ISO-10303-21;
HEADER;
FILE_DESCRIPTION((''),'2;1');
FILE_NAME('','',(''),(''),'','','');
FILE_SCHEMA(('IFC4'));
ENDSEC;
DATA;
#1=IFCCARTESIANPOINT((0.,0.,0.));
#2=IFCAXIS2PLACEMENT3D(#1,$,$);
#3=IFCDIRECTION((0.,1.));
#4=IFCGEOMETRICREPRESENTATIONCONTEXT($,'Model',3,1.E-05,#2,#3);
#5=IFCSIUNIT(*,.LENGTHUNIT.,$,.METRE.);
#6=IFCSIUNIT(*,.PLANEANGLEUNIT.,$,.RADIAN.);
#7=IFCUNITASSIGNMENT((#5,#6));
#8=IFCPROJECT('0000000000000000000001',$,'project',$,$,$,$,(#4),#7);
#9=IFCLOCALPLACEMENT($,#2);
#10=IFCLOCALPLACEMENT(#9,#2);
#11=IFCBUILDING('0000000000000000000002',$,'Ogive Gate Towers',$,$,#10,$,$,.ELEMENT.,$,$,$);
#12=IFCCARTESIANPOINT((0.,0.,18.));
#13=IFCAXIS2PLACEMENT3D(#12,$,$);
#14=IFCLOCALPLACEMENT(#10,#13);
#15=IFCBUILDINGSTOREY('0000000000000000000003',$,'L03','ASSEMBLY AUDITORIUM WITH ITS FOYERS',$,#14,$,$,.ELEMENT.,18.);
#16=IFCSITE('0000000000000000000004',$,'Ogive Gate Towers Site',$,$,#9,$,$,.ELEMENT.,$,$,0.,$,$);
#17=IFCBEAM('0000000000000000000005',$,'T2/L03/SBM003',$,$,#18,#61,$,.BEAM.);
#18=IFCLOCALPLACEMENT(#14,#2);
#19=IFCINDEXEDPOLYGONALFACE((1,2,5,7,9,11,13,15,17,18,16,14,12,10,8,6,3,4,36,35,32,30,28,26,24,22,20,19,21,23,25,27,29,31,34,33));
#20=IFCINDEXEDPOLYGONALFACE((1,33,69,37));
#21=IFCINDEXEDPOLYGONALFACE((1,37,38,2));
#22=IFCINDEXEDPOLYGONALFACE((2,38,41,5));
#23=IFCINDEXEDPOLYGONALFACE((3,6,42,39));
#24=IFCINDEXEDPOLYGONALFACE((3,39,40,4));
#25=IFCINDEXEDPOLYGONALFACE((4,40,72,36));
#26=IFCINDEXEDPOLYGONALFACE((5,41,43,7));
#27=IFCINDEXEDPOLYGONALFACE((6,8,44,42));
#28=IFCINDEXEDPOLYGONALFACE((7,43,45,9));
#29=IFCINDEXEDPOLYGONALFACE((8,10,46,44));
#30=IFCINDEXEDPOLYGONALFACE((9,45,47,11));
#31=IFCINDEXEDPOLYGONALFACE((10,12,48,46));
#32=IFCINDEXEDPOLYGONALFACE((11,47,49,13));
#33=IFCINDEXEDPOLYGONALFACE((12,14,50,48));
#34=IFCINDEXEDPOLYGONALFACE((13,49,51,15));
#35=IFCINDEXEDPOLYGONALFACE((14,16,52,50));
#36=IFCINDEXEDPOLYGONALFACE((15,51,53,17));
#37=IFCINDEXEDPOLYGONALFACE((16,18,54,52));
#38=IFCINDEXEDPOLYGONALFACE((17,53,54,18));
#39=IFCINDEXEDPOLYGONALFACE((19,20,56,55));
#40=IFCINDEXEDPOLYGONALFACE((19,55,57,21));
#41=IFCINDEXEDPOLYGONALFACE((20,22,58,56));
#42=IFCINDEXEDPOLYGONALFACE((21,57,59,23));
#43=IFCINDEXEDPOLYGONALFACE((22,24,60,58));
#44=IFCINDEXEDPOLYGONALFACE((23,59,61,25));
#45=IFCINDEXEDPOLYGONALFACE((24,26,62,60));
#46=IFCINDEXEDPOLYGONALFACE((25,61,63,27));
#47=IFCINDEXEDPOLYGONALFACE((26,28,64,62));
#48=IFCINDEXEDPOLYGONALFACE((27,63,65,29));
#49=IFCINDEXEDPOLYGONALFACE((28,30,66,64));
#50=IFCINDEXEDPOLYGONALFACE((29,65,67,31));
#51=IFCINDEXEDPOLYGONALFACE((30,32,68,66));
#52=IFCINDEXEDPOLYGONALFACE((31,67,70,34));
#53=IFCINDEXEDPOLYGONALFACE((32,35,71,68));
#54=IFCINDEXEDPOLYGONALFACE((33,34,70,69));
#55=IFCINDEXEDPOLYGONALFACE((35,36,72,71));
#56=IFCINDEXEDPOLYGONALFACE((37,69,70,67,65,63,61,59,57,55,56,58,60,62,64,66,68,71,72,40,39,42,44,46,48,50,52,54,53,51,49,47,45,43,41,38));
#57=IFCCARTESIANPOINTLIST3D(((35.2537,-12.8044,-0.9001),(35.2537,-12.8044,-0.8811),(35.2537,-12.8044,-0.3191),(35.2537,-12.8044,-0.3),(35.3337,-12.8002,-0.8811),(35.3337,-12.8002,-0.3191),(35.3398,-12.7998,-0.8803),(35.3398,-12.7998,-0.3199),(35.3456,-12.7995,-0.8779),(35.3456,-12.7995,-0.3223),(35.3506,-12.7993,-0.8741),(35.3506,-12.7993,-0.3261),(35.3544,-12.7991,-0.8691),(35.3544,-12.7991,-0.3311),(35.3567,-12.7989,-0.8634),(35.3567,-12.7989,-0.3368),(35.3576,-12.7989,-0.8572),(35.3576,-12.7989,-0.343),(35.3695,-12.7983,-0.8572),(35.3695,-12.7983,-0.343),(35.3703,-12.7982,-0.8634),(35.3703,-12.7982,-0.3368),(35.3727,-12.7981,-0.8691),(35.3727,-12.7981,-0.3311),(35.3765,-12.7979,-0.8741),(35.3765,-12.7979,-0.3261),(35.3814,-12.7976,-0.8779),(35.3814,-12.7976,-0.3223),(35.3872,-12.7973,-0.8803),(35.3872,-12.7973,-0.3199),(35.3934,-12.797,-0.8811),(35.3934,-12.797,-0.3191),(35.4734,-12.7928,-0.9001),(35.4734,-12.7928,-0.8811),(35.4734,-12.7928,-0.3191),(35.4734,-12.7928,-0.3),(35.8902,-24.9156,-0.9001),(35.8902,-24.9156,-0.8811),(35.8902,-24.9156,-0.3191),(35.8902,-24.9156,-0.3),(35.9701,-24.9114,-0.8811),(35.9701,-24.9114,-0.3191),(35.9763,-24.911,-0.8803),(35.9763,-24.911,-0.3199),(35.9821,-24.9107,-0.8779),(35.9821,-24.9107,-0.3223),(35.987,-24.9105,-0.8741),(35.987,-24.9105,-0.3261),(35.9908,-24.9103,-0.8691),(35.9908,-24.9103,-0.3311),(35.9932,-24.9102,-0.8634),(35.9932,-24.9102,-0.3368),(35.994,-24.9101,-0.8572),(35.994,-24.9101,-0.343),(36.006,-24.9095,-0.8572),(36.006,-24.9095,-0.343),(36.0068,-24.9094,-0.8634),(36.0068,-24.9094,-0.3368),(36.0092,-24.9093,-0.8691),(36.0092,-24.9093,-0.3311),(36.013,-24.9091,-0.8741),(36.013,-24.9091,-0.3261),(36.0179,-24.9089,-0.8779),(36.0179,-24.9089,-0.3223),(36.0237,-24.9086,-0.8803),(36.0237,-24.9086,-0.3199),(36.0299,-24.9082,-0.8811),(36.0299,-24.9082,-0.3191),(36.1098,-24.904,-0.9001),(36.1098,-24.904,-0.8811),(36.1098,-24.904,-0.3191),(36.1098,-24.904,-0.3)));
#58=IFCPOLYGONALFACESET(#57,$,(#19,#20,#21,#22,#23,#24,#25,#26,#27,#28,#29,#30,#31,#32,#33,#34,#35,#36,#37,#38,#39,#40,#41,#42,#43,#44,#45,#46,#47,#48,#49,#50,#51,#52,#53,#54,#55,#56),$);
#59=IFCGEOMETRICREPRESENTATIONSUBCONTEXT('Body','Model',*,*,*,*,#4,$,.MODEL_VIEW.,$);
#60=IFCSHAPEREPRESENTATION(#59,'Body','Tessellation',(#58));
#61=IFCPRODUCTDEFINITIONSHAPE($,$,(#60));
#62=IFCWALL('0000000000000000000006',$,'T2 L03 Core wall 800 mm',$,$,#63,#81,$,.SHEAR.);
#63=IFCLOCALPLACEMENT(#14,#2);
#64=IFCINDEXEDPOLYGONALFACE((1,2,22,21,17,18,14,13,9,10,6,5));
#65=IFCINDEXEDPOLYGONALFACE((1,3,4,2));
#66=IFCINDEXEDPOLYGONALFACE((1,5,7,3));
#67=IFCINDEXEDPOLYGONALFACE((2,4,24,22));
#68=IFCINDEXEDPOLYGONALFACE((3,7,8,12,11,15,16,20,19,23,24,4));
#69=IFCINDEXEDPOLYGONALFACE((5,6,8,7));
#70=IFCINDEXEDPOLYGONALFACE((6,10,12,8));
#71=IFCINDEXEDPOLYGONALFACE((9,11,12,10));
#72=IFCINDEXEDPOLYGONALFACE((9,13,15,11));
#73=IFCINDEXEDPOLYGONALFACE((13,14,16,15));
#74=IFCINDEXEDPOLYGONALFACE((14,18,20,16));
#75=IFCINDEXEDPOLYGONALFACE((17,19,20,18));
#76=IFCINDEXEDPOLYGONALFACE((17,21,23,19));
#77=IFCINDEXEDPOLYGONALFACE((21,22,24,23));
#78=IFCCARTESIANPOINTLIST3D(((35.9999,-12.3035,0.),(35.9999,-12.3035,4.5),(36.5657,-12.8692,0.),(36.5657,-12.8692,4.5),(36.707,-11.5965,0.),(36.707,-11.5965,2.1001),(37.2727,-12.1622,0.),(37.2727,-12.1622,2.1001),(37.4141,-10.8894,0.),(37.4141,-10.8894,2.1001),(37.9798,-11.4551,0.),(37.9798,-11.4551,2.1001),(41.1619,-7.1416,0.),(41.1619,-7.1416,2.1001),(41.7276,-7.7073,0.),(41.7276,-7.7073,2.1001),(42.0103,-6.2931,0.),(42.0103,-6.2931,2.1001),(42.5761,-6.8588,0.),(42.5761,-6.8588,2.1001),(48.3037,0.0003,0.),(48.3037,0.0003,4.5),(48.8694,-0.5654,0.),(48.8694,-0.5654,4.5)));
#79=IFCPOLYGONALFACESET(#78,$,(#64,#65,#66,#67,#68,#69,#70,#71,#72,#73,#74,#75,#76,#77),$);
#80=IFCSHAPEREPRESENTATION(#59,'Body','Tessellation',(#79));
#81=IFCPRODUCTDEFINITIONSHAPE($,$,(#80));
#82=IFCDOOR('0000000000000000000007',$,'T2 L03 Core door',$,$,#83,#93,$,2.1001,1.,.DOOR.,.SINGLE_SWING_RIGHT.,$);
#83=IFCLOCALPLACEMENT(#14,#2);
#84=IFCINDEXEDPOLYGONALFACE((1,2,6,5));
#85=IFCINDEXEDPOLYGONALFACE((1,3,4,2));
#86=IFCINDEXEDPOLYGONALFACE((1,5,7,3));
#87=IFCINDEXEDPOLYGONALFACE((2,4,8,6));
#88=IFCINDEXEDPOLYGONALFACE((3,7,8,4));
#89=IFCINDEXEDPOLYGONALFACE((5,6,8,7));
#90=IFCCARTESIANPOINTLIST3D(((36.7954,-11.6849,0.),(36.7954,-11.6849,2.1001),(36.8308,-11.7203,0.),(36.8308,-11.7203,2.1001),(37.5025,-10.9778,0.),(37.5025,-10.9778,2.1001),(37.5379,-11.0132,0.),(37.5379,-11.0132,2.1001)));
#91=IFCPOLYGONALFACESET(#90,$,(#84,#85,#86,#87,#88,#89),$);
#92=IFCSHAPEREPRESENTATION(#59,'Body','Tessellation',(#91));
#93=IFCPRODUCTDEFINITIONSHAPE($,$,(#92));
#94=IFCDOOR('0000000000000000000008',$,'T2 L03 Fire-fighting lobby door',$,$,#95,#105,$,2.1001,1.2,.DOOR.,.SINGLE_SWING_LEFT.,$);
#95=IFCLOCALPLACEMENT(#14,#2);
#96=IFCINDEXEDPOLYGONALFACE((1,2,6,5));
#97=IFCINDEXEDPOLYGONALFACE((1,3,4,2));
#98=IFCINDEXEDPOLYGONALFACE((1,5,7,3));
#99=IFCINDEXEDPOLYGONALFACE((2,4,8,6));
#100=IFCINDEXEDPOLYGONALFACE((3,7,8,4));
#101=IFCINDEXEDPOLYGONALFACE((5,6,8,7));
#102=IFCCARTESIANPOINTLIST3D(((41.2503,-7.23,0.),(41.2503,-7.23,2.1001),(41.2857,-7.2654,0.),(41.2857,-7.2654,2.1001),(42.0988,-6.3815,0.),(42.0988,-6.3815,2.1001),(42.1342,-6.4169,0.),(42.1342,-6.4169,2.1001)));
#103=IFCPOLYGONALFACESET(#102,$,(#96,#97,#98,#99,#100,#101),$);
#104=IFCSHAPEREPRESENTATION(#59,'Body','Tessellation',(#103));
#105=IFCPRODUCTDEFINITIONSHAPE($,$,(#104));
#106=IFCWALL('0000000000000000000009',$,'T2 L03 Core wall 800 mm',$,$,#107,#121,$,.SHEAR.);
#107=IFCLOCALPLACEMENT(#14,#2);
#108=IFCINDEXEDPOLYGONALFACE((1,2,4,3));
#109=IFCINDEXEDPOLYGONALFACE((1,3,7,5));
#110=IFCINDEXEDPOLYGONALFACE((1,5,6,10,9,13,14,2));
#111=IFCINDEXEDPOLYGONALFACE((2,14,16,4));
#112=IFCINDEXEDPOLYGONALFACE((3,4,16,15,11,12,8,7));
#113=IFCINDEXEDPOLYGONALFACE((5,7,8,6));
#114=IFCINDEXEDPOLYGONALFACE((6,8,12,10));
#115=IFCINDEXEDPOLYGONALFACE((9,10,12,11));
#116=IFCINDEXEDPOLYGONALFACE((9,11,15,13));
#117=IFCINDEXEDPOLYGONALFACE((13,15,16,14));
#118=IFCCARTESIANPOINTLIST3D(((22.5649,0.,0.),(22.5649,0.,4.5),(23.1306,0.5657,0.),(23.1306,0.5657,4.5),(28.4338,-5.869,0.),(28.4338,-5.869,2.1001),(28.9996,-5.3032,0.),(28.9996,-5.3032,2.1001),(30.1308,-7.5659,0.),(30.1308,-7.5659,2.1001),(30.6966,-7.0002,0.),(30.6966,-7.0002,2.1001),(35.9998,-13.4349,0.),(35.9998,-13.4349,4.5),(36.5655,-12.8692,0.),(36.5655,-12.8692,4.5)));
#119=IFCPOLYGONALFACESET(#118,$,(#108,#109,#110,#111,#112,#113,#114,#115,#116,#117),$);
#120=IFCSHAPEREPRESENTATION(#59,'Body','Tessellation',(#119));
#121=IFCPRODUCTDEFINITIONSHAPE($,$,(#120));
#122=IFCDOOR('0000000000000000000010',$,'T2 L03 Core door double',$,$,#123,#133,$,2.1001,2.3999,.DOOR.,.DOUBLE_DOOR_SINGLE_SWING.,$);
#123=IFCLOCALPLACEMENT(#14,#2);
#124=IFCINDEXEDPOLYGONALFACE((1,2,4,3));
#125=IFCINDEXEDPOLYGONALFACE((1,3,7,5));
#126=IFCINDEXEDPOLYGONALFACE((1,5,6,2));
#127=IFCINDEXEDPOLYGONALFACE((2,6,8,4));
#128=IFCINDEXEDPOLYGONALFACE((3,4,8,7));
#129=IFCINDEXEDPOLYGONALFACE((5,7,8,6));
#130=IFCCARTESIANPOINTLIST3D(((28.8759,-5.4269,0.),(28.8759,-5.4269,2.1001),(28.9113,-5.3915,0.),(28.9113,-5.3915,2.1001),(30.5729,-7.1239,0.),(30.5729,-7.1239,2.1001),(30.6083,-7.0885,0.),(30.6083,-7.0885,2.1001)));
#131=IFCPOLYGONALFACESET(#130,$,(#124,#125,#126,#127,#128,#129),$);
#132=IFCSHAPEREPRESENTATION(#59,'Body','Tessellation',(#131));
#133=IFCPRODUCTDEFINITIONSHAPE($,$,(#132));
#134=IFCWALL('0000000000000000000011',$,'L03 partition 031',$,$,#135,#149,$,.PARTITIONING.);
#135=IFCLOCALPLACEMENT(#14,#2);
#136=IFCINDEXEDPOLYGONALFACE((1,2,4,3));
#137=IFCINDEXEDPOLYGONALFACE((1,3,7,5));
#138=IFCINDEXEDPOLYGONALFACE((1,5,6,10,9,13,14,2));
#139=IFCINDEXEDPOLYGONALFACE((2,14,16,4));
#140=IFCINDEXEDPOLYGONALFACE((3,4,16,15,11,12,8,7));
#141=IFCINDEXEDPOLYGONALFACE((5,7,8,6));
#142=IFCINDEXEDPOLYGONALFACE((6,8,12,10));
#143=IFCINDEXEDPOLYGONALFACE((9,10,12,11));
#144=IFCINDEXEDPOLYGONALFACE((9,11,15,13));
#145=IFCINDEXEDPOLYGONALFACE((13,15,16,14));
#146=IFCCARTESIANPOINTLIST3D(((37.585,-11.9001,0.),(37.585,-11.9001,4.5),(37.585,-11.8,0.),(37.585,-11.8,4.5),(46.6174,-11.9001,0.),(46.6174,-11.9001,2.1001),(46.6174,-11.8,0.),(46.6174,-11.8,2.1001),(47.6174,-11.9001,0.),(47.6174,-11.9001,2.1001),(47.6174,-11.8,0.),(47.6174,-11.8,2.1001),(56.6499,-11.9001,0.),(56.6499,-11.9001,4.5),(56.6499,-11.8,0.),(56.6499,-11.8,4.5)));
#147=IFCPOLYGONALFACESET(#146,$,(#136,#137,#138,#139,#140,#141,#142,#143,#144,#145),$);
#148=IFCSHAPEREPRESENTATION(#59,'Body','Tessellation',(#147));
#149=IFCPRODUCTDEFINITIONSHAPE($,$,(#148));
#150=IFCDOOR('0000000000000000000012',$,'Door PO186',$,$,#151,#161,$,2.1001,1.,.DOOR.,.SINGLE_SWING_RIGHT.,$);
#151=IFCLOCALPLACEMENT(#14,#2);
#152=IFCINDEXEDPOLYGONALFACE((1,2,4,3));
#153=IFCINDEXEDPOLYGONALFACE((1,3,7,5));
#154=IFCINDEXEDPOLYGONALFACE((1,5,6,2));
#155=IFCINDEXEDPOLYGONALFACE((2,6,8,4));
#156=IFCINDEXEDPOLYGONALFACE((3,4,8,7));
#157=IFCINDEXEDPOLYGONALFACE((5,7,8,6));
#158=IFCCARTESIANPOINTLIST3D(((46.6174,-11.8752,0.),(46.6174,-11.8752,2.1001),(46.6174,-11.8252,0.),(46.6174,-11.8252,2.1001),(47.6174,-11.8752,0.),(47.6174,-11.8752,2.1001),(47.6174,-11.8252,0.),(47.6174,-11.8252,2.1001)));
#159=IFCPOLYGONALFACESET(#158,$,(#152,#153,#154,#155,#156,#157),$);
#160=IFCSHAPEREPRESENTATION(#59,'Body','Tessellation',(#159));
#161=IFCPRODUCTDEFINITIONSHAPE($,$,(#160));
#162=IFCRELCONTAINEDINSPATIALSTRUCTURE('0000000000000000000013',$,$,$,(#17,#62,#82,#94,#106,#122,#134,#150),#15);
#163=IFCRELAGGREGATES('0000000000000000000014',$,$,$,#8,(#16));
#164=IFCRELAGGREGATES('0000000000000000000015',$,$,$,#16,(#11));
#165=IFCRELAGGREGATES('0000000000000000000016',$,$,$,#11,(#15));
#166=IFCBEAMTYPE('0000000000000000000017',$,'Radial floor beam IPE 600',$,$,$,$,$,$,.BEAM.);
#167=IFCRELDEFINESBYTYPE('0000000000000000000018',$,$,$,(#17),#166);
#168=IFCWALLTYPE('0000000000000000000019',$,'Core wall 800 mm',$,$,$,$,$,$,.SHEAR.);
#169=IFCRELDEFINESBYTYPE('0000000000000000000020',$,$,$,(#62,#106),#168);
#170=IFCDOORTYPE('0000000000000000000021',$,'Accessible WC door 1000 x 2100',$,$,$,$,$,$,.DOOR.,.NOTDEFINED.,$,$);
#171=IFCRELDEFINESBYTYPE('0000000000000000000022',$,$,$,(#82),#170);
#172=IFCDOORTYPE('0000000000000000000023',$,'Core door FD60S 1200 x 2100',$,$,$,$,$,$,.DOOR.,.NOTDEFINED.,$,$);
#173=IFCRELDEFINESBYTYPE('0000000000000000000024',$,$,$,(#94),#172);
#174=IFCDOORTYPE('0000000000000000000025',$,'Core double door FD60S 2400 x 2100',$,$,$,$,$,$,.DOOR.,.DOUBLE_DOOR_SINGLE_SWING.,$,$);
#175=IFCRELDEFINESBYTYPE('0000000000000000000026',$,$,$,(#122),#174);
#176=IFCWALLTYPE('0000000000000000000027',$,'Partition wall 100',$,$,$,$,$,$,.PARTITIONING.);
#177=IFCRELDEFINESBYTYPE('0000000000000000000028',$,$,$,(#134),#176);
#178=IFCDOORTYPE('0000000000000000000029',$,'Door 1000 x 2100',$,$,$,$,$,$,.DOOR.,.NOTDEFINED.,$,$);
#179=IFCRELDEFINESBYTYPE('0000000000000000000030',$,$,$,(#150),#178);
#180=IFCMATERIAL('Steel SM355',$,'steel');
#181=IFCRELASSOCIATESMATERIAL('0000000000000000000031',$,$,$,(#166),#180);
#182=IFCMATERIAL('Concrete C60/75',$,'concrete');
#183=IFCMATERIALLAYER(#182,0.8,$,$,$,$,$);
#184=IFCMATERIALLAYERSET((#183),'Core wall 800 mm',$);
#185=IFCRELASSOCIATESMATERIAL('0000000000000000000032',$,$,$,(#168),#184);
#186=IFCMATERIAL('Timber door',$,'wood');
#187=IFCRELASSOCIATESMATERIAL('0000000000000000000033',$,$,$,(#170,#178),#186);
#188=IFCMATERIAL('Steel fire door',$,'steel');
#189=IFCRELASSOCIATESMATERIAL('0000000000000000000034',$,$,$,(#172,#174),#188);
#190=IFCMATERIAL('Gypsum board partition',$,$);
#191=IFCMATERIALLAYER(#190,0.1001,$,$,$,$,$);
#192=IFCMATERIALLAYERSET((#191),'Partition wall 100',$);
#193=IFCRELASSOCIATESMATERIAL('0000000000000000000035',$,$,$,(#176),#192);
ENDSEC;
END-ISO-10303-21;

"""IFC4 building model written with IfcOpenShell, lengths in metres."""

from ifc_helpers import new_model, si_unit, direction, frame, frame_2d, origin, origin_2d, place, context, subcontext, project, spatial, rectangle, i_section, extrude, material, layer, layer_set, material_profile, profile_set, type_object, element, fill, save


model = new_model("IFC4")

# Units and contexts
model_context = context("Model", 3, precision=1e-05, world=origin(), true_north=direction((0.0, 1.0)))
body_context = subcontext(model_context, "Body", "Model", "MODEL_VIEW")
ifc_project = project(units=[si_unit("LENGTHUNIT", "METRE"), si_unit("PLANEANGLEUNIT", "RADIAN")], contexts=[model_context])

# Site, building, storey
site_placement = place(None, origin())
site = spatial("IfcSite", under=ifc_project, at=site_placement, Name="Ogive Gate Towers Site", CompositionType="ELEMENT", RefElevation=0.0)
building_placement = place(site_placement, origin())
building = spatial("IfcBuilding", under=site, at=building_placement, Name="Ogive Gate Towers", CompositionType="ELEMENT")
storey_placement = place(building_placement, frame((0.0, 0.0, 18.0)))
storey = spatial("IfcBuildingStorey", under=building, at=storey_placement, Name="L03", Description="ASSEMBLY AUDITORIUM WITH ITS FOYERS", CompositionType="ELEMENT", Elevation=18.0)

# Beam
ifc_material_1 = material(Name="Steel SM355", Category="steel")
ifc_material_profile_1 = material_profile(ifc_material_1, i_section(OverallWidth=0.22, OverallDepth=0.6001, WebThickness=0.012, FlangeThickness=0.019, FilletRadius=0.0239, at=origin_2d()), Name="IPE 600")
ifc_profile_set_1 = profile_set([ifc_material_profile_1], Name="Steel SM355")
beam_type_1 = type_object("IfcBeamType", Name="Radial floor beam IPE 600", PredefinedType="BEAM", material=ifc_profile_set_1)
beam_1_placement = place(storey_placement, frame((35.3635, -12.7986, -0.6001), z_axis=(0.05248, -0.998622, 0.0), x_axis=(0.998622, 0.05248, 0.0)))
element("IfcBeam", 1, at=beam_1_placement, inside=storey, type_object=beam_type_1, Name="T2/L03/SBM003", PredefinedType="BEAM", context=body_context, shape_type="SweptSolid", body=[
    extrude(i_section(OverallWidth=0.22, OverallDepth=0.6001, WebThickness=0.012, FlangeThickness=0.019, FilletRadius=0.0239, at=origin_2d()), origin(), (0.0, 0.0, 1.0), 12.1279),
])

# Wall, openings, doors
ifc_material_2 = material(Name="Concrete C60/75", Category="concrete")
ifc_layer_1 = layer(ifc_material_2, 0.8)
ifc_layer_set_1 = layer_set([ifc_layer_1], Name="Core wall 800 mm")
wall_type_1 = type_object("IfcWallType", Name="Core wall 800 mm", PredefinedType="SHEAR", material=ifc_layer_set_1)
wall_1_placement = place(storey_placement, frame((36.2827, -12.5864, 0.0), z_axis=(0.0, 0.0, 1.0), x_axis=(0.707107, 0.707107, 0.0)))
wall_1 = element("IfcWall", 2, at=wall_1_placement, inside=storey, type_object=wall_type_1, Name="T2 L03 Core wall 800 mm", PredefinedType="SHEAR", context=body_context, shape_type="SweptSolid", body=[
    extrude(rectangle(XDim=17.4001, YDim=0.8, at=frame_2d((8.7002, 0.0))), origin(), (0.0, 0.0, 1.0), 4.5),
])
opening_1_placement = place(wall_1_placement, frame((7.3, 0.0, 0.0)))
opening_1 = element("IfcOpeningElement", 3, at=opening_1_placement, cuts=wall_1, PredefinedType="OPENING", context=body_context, shape_type="SweptSolid", body=[
    extrude(rectangle(XDim=1.2, YDim=2.1001, at=frame_2d((0.6001, 1.05))), frame((0.0, 0.4102, 0.0), z_axis=(0.0, -1.0, 0.0), x_axis=(1.0, 0.0, 0.0)), (0.0, 0.0, 1.0), 0.8201),
])
opening_2_placement = place(wall_1_placement, frame((1.0, 0.0, 0.0)))
opening_2 = element("IfcOpeningElement", 4, at=opening_2_placement, cuts=wall_1, PredefinedType="OPENING", context=body_context, shape_type="SweptSolid", body=[
    extrude(rectangle(XDim=1.0, YDim=2.1001, at=frame_2d((0.5, 1.05))), frame((0.0, 0.4102, 0.0), z_axis=(0.0, -1.0, 0.0), x_axis=(1.0, 0.0, 0.0)), (0.0, 0.0, 1.0), 0.8201),
])
ifc_material_3 = material(Name="Timber door", Category="wood")
door_type_1 = type_object("IfcDoorType", Name="Accessible WC door 1000 x 2100", OperationType="NOTDEFINED", PredefinedType="DOOR", material=ifc_material_3)
door_1_placement = place(opening_2_placement, origin())
door_1 = element("IfcDoor", 5, at=door_1_placement, inside=storey, type_object=door_type_1, Name="T2 L03 Core door", OperationType="SINGLE_SWING_RIGHT", OverallHeight=2.1001, OverallWidth=1.0, PredefinedType="DOOR", context=body_context, shape_type="SweptSolid", body=[
    extrude(rectangle(XDim=1.0, YDim=2.1001, at=frame_2d((0.5, 1.05))), frame((0.0, 0.2749, 0.0), z_axis=(0.0, -1.0, 0.0), x_axis=(1.0, 0.0, 0.0)), (0.0, 0.0, 1.0), 0.05),
])
fill(opening_2, door_1)
ifc_material_4 = material(Name="Steel fire door", Category="steel")
door_type_2 = type_object("IfcDoorType", Name="Core door FD60S 1200 x 2100", OperationType="NOTDEFINED", PredefinedType="DOOR", material=ifc_material_4)
door_2_placement = place(opening_1_placement, origin())
door_2 = element("IfcDoor", 6, at=door_2_placement, inside=storey, type_object=door_type_2, Name="T2 L03 Fire-fighting lobby door", OperationType="SINGLE_SWING_LEFT", OverallHeight=2.1001, OverallWidth=1.2, PredefinedType="DOOR", context=body_context, shape_type="SweptSolid", body=[
    extrude(rectangle(XDim=1.2, YDim=2.1001, at=frame_2d((0.6001, 1.05))), frame((0.0, 0.2749, 0.0), z_axis=(0.0, -1.0, 0.0), x_axis=(1.0, 0.0, 0.0)), (0.0, 0.0, 1.0), 0.05),
])
fill(opening_1, door_2)

# Walls, openings, doors
wall_2_placement = place(storey_placement, frame((36.2827, -13.1521, 0.0), z_axis=(0.0, 0.0, 1.0), x_axis=(-0.707107, 0.707107, 0.0)))
wall_2 = element("IfcWall", 7, at=wall_2_placement, inside=storey, type_object=wall_type_1, Name="T2 L03 Core wall 800 mm", PredefinedType="SHEAR", context=body_context, shape_type="SweptSolid", body=[
    extrude(rectangle(XDim=18.9998, YDim=0.8, at=frame_2d((9.5, 0.0))), origin(), (0.0, 0.0, 1.0), 4.5),
])
opening_3_placement = place(wall_2_placement, frame((8.3, 0.0, 0.0)))
opening_3 = element("IfcOpeningElement", 8, at=opening_3_placement, cuts=wall_2, PredefinedType="OPENING", context=body_context, shape_type="SweptSolid", body=[
    extrude(rectangle(XDim=2.3999, YDim=2.1001, at=frame_2d((1.2, 1.05))), frame((0.0, 0.4102, 0.0), z_axis=(0.0, -1.0, 0.0), x_axis=(1.0, 0.0, 0.0)), (0.0, 0.0, 1.0), 0.8201),
])
door_type_3 = type_object("IfcDoorType", Name="Core double door FD60S 2400 x 2100", OperationType="DOUBLE_DOOR_SINGLE_SWING", PredefinedType="DOOR", material=ifc_material_4)
door_3_placement = place(opening_3_placement, origin())
door_3 = element("IfcDoor", 9, at=door_3_placement, inside=storey, type_object=door_type_3, Name="T2 L03 Core door double", OperationType="DOUBLE_DOOR_SINGLE_SWING", OverallHeight=2.1001, OverallWidth=2.3999, PredefinedType="DOOR", context=body_context, shape_type="SweptSolid", body=[
    extrude(rectangle(XDim=2.3999, YDim=2.1001, at=frame_2d((1.2, 1.05))), frame((0.0, -0.2251, 0.0), z_axis=(0.0, -1.0, 0.0), x_axis=(1.0, 0.0, 0.0)), (0.0, 0.0, 1.0), 0.05),
])
fill(opening_3, door_3)
ifc_material_5 = material(Name="Gypsum board partition")
ifc_layer_2 = layer(ifc_material_5, 0.1001)
ifc_layer_set_2 = layer_set([ifc_layer_2], Name="Partition wall 100")
wall_type_2 = type_object("IfcWallType", Name="Partition wall 100", PredefinedType="PARTITIONING", material=ifc_layer_set_2)
wall_3_placement = place(storey_placement, frame((37.585, -11.8501, 0.0), z_axis=(0.0, 0.0, 1.0), x_axis=(1.0, 0.0, 0.0)))
wall_3 = element("IfcWall", 10, at=wall_3_placement, inside=storey, type_object=wall_type_2, Name="L03 partition 031", PredefinedType="PARTITIONING", context=body_context, shape_type="SweptSolid", body=[
    extrude(rectangle(XDim=19.0649, YDim=0.1001, at=frame_2d((9.5325, 0.0))), origin(), (0.0, 0.0, 1.0), 4.5),
])
opening_4_placement = place(wall_3_placement, frame((9.0325, 0.0, 0.0)))
opening_4 = element("IfcOpeningElement", 11, at=opening_4_placement, cuts=wall_3, PredefinedType="OPENING", context=body_context, shape_type="SweptSolid", body=[
    extrude(rectangle(XDim=1.0, YDim=2.1001, at=frame_2d((0.5, 1.05))), frame((0.0, 0.0601, 0.0), z_axis=(0.0, -1.0, 0.0), x_axis=(1.0, 0.0, 0.0)), (0.0, 0.0, 1.0), 0.1201),
])
door_type_4 = type_object("IfcDoorType", Name="Door 1000 x 2100", OperationType="NOTDEFINED", PredefinedType="DOOR", material=ifc_material_3)
door_4_placement = place(opening_4_placement, origin())
door_4 = element("IfcDoor", 12, at=door_4_placement, inside=storey, type_object=door_type_4, Name="Door PO186", OperationType="SINGLE_SWING_RIGHT", OverallHeight=2.1001, OverallWidth=1.0, PredefinedType="DOOR", context=body_context, shape_type="SweptSolid", body=[
    extrude(rectangle(XDim=1.0, YDim=2.1001, at=frame_2d((0.5, 1.05))), frame((0.0, 0.0249, 0.0), z_axis=(0.0, -1.0, 0.0), x_axis=(1.0, 0.0, 0.0)), (0.0, 0.0, 1.0), 0.05),
])
fill(opening_4, door_4)

save(model, "model.ifc")
